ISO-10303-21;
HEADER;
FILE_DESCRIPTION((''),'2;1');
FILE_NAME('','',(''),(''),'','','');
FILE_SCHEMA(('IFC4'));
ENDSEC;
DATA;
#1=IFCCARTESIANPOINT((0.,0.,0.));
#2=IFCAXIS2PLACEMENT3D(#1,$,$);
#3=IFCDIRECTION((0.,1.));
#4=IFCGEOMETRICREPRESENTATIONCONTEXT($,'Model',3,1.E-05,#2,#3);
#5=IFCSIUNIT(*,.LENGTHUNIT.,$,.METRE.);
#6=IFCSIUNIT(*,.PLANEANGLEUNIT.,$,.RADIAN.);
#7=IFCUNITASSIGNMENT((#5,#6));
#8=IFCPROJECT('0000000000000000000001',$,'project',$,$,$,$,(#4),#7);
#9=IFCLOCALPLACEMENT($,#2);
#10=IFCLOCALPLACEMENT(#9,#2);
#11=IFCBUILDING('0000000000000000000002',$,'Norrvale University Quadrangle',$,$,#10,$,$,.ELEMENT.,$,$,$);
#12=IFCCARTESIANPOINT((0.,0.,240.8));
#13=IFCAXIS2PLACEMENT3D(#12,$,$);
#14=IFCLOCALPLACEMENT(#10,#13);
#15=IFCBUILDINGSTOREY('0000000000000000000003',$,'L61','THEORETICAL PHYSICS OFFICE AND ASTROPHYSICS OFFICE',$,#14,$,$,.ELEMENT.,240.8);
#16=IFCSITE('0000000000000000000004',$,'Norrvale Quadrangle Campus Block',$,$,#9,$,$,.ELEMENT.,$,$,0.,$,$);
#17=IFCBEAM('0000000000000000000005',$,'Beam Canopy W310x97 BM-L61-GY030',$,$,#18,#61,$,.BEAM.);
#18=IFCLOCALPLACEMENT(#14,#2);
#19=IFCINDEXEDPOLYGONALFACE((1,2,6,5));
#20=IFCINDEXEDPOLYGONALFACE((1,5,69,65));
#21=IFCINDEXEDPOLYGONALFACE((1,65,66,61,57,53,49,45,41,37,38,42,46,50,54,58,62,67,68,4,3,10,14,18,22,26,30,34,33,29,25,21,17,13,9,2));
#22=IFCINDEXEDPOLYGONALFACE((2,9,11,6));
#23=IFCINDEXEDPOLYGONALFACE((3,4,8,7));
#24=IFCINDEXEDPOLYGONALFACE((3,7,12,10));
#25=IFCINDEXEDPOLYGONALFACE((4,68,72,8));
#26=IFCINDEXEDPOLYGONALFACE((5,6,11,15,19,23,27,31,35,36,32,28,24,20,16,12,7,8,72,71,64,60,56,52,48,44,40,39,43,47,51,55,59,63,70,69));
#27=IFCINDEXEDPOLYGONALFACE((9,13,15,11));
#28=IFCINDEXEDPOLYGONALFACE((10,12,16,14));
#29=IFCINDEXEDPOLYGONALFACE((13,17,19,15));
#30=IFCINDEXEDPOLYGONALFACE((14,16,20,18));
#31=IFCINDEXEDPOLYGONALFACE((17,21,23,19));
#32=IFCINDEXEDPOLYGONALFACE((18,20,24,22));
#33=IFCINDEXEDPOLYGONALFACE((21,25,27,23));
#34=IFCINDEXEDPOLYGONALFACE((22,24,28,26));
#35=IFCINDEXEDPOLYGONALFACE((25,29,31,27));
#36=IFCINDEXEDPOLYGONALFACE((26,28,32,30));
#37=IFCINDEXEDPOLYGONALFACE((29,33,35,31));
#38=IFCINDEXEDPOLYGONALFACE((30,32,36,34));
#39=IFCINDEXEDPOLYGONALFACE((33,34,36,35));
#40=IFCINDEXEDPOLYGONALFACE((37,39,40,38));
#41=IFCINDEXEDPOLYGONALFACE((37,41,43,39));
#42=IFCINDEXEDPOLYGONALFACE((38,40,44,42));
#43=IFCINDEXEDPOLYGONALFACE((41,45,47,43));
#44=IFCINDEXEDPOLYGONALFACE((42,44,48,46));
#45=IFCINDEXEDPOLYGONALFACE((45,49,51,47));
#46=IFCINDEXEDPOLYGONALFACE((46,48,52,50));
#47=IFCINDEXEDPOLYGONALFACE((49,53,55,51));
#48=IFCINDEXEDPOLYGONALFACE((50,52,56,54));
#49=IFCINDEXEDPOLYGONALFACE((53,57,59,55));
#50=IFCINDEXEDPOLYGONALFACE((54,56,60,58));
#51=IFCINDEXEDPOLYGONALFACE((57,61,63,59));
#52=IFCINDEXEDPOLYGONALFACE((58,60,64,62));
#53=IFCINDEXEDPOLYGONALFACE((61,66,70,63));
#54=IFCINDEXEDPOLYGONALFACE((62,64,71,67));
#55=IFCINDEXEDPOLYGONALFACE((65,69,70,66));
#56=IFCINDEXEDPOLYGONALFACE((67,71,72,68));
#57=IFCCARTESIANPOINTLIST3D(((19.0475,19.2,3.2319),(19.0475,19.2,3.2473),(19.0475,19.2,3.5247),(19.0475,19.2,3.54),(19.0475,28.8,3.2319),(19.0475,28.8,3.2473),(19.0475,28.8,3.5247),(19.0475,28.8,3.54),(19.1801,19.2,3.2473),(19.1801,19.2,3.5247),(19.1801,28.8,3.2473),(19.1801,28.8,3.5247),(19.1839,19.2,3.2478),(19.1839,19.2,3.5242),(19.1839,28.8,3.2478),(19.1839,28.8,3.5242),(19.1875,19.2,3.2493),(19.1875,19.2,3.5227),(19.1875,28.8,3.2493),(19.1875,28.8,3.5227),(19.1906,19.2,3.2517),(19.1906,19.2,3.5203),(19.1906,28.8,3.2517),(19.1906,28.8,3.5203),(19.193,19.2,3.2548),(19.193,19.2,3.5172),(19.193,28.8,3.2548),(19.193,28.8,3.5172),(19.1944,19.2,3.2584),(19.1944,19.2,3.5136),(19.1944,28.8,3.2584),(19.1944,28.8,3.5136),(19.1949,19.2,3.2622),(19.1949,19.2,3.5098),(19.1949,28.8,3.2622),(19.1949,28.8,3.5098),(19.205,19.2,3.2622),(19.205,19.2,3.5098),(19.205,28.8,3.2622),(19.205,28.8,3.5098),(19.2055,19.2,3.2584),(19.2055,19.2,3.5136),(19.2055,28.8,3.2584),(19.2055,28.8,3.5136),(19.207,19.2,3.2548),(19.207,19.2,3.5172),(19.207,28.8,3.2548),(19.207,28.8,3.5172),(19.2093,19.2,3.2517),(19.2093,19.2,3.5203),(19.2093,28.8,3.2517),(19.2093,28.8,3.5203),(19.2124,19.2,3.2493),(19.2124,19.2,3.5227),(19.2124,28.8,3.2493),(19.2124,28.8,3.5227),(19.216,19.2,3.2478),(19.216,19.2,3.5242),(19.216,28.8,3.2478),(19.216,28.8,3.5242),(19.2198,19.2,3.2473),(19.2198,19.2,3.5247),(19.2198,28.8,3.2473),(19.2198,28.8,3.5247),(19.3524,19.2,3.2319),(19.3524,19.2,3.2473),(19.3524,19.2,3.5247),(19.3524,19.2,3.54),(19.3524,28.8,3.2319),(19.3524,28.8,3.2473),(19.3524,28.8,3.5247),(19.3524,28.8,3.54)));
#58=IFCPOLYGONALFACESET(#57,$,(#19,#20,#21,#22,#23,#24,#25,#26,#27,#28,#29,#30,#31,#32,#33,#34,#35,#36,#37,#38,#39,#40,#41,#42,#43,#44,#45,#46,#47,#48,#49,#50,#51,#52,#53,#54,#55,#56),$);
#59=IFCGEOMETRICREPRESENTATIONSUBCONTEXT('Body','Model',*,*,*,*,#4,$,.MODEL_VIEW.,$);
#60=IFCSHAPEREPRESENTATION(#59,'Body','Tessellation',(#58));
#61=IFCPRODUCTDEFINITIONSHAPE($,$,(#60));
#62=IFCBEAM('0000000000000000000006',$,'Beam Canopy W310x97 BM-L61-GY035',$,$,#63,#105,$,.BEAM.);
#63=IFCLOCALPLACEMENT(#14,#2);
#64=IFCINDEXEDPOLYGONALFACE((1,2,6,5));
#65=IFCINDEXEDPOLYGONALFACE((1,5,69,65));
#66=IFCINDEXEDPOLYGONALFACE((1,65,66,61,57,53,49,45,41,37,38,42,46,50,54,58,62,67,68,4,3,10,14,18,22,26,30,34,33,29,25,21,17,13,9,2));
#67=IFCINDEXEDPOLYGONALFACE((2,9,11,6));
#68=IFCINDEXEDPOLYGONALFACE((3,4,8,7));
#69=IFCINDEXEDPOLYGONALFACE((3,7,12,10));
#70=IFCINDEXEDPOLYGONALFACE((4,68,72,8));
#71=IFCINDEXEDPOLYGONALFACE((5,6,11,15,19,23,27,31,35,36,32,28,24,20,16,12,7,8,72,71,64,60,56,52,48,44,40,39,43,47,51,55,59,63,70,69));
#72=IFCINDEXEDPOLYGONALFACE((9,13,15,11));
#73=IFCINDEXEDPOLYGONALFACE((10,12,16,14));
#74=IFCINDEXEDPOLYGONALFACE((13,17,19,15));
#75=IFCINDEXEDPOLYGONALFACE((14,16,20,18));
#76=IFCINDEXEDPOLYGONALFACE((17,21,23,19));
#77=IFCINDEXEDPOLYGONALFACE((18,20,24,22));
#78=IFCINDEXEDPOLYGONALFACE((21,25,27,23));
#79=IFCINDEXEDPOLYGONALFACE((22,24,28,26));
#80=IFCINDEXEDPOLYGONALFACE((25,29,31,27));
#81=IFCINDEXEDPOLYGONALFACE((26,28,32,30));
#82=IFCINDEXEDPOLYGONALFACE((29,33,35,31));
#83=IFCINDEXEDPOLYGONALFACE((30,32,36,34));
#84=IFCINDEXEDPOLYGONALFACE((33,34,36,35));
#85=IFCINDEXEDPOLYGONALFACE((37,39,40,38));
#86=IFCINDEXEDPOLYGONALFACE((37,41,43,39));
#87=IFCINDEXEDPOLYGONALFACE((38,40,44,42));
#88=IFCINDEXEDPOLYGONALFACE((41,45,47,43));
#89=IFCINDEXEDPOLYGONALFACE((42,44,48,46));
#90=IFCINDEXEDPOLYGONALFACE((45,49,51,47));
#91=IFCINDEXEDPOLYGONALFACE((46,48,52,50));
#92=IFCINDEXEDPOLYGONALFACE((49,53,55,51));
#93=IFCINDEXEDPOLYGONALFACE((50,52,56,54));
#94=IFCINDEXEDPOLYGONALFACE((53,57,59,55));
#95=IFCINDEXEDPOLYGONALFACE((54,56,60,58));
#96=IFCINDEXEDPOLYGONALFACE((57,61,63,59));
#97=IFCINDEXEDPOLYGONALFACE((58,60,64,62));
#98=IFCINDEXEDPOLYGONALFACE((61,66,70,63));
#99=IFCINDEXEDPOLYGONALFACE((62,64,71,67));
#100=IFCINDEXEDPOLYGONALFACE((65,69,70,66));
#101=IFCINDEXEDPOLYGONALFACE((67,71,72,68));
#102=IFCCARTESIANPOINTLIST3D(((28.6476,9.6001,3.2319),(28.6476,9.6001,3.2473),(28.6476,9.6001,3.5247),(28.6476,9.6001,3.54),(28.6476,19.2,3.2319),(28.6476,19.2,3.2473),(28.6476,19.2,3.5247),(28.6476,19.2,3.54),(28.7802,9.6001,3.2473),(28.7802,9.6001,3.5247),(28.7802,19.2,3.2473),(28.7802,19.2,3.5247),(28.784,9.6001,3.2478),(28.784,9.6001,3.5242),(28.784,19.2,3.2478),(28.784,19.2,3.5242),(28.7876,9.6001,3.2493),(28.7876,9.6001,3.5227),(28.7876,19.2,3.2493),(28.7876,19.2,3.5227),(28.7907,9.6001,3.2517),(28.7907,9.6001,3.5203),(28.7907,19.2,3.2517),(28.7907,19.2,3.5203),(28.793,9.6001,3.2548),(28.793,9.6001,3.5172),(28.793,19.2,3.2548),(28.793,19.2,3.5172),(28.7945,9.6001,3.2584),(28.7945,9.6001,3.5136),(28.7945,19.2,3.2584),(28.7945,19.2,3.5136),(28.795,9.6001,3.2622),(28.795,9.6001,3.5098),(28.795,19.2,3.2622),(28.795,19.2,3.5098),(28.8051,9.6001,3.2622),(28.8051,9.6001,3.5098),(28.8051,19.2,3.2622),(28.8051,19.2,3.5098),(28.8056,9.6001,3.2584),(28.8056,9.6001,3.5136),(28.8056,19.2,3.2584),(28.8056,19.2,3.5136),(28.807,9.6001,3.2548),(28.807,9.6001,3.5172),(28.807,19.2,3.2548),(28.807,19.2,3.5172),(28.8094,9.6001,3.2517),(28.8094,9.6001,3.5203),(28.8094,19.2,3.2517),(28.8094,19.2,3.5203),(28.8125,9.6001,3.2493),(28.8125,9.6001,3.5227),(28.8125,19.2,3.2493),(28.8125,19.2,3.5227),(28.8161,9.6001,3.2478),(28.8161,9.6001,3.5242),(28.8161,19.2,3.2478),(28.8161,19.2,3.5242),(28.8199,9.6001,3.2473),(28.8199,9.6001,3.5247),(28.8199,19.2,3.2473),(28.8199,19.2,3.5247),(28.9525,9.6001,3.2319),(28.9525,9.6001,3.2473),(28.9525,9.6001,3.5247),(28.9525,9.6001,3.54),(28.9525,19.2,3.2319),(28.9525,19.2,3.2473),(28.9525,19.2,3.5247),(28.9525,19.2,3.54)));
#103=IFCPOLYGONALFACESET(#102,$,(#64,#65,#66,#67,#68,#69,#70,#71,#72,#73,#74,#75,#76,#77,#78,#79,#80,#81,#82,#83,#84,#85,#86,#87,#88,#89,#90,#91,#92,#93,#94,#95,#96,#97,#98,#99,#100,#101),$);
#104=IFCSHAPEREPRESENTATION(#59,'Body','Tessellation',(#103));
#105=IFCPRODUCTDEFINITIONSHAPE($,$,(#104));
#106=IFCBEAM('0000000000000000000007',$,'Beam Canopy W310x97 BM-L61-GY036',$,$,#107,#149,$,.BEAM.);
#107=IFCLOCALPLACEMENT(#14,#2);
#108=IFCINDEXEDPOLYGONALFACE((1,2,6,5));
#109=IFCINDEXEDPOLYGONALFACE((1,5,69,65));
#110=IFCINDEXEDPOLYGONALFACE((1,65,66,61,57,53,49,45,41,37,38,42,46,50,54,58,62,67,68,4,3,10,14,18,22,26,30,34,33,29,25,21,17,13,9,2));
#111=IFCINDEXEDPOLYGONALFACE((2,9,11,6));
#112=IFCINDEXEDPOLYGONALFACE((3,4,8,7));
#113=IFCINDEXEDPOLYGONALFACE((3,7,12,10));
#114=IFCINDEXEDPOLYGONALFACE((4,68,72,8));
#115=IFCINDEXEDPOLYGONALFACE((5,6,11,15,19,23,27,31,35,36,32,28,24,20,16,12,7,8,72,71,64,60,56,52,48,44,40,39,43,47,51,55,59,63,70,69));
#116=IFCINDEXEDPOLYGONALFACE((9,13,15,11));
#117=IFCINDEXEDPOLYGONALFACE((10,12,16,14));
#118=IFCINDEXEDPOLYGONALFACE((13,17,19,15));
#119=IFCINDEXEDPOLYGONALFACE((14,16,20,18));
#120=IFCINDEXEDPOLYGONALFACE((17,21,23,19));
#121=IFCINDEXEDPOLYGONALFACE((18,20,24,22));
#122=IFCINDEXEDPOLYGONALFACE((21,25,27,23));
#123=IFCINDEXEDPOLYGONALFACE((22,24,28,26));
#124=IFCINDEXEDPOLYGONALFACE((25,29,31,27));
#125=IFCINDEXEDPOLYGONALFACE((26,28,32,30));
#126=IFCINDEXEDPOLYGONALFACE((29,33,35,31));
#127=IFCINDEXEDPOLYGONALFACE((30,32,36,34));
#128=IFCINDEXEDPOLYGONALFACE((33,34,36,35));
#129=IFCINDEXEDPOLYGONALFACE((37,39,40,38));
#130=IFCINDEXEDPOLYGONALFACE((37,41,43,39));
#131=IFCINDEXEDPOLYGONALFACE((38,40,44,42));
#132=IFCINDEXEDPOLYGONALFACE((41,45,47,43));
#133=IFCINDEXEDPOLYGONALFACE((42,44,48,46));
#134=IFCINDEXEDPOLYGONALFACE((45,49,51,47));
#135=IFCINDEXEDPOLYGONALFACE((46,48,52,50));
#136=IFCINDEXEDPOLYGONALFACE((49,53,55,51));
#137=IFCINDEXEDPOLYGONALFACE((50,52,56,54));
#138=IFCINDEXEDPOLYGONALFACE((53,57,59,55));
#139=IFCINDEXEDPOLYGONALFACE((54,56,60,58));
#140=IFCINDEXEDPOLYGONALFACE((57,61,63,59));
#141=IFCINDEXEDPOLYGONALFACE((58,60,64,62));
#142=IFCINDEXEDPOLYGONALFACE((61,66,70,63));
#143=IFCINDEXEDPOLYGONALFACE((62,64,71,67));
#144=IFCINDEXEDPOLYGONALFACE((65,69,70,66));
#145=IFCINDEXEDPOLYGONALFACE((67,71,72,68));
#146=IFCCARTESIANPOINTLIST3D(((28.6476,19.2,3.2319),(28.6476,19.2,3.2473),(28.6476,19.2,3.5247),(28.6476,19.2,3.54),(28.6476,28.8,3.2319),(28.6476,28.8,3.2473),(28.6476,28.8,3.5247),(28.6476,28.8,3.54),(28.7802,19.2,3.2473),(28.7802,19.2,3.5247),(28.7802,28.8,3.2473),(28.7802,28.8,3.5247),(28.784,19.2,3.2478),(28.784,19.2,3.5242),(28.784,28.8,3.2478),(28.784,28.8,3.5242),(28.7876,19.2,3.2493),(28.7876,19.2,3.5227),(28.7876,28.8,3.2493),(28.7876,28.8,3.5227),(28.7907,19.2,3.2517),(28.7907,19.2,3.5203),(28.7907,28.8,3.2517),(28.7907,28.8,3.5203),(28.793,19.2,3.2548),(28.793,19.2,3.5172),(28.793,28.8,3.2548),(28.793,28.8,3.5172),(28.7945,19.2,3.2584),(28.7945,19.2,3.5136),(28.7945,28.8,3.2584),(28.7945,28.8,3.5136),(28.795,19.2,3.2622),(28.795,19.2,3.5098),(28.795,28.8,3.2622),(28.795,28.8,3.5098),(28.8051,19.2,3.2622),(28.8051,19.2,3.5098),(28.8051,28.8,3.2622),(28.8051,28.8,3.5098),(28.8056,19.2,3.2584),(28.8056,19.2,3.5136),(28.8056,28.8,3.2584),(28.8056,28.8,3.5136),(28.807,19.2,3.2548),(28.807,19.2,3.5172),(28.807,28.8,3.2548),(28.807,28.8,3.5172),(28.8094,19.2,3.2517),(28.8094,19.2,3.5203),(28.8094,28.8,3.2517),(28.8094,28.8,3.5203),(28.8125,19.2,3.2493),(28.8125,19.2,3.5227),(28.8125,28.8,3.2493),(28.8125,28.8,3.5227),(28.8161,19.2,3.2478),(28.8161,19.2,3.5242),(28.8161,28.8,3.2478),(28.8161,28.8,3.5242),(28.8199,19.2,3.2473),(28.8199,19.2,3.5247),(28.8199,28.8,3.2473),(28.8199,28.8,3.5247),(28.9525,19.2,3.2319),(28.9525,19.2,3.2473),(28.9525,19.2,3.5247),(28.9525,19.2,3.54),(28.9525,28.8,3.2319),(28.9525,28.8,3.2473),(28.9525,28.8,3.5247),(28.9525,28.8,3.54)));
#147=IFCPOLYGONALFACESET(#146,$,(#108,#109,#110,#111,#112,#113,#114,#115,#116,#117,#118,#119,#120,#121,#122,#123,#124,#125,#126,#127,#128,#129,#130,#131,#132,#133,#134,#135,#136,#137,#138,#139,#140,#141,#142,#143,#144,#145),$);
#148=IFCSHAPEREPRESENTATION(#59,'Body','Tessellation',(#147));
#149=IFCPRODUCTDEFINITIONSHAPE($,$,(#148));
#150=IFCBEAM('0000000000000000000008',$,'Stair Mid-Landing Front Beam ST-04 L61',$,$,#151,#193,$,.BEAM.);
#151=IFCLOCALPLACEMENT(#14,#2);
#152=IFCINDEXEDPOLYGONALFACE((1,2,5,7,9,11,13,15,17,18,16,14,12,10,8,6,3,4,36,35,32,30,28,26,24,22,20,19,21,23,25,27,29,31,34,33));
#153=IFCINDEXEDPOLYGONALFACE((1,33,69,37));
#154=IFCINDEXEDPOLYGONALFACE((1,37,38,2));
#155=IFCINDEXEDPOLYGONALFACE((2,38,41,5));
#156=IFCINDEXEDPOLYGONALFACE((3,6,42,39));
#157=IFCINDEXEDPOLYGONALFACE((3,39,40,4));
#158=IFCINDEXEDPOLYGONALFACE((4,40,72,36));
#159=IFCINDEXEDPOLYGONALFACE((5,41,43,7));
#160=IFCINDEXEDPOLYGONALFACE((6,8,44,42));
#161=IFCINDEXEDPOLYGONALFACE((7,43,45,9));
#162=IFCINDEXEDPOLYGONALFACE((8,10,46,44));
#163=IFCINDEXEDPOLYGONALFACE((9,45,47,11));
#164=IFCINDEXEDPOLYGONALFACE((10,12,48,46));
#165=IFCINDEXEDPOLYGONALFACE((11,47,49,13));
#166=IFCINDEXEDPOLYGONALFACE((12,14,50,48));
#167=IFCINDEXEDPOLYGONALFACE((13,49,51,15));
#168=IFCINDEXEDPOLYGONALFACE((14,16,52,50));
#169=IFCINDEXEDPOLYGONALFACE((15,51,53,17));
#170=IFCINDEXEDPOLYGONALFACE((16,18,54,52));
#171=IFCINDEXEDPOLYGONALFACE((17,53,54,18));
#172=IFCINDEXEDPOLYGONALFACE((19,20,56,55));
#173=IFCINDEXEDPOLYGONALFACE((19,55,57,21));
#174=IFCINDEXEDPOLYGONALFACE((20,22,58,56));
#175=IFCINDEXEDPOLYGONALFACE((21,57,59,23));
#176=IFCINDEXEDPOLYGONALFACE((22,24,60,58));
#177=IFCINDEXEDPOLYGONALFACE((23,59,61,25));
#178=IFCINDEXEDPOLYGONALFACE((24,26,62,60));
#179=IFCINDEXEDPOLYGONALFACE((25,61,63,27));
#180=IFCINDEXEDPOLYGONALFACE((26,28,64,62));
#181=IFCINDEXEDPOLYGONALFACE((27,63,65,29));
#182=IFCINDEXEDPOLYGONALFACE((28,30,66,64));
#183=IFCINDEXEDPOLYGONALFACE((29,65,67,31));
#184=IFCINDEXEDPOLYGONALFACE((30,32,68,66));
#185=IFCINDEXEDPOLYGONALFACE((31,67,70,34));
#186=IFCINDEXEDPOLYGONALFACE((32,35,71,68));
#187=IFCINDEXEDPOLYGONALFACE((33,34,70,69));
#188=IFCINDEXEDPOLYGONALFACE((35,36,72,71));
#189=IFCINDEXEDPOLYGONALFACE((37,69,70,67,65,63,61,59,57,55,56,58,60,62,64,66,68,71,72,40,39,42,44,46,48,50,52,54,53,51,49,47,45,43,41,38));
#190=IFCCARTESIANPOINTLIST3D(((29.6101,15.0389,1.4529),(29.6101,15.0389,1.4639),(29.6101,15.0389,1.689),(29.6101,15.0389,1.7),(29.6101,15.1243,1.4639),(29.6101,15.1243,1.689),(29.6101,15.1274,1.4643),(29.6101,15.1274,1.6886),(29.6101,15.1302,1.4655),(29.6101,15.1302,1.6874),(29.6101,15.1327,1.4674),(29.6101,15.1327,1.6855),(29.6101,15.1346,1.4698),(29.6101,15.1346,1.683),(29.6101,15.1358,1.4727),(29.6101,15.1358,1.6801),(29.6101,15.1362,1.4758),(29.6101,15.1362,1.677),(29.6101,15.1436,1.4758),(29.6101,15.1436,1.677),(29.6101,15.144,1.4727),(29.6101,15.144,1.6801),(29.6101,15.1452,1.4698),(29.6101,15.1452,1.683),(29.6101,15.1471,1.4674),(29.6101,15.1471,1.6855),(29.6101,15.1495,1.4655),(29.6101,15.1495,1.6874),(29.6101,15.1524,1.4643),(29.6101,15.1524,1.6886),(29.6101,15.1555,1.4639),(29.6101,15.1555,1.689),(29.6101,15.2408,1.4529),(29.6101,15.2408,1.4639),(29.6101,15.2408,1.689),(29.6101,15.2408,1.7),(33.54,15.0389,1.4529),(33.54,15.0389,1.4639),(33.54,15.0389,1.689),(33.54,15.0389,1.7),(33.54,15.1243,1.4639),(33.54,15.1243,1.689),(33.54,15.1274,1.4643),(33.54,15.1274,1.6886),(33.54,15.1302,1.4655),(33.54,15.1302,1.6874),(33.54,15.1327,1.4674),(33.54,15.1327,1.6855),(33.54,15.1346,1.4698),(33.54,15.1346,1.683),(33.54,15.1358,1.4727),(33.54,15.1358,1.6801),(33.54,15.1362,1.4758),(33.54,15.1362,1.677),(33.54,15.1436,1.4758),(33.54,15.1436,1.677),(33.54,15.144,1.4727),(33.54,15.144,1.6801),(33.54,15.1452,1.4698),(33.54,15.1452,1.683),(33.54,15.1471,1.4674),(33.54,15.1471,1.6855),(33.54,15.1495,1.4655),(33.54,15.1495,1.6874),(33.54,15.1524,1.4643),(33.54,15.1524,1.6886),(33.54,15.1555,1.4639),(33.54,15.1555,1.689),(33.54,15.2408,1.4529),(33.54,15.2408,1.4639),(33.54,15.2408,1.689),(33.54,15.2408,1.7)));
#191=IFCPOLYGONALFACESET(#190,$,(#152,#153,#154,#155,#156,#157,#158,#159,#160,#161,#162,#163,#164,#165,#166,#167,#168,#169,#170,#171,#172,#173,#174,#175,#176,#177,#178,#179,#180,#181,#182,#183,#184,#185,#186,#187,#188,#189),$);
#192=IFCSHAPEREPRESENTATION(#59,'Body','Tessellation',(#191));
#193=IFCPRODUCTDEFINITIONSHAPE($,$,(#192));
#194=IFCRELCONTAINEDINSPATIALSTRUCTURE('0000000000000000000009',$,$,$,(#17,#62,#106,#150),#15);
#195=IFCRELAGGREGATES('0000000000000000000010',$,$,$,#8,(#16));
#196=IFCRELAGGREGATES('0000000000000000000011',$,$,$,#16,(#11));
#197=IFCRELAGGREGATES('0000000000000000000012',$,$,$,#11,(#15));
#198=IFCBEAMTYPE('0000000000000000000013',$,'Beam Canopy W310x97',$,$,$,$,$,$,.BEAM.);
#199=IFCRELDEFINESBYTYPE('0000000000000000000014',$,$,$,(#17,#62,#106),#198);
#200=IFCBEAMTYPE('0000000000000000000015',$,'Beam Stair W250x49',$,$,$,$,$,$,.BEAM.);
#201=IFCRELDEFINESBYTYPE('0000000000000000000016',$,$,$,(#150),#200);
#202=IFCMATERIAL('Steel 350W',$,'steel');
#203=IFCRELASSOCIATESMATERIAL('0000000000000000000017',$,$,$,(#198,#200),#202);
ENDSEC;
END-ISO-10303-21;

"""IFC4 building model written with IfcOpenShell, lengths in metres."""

from ifc_helpers import new_model, si_unit, direction, frame, origin, origin_2d, place, context, subcontext, project, spatial, i_section, extrude, material, material_profile, profile_set, type_object, element, save


model = new_model("IFC4")

# Units and contexts
model_context = context("Model", 3, precision=1e-05, world=origin(), true_north=direction((0.0, 1.0)))
body_context = subcontext(model_context, "Body", "Model", "MODEL_VIEW")
ifc_project = project(units=[si_unit("LENGTHUNIT", "METRE"), si_unit("PLANEANGLEUNIT", "RADIAN")], contexts=[model_context])

# Site, building, storey
site_placement = place(None, origin())
site = spatial("IfcSite", under=ifc_project, at=site_placement, Name="Norrvale Quadrangle Campus Block", CompositionType="ELEMENT", RefElevation=0.0)
building_placement = place(site_placement, origin())
building = spatial("IfcBuilding", under=site, at=building_placement, Name="Norrvale University Quadrangle", CompositionType="ELEMENT")
storey_placement = place(building_placement, frame((0.0, 0.0, 240.8)))
storey = spatial("IfcBuildingStorey", under=building, at=storey_placement, Name="L61", Description="THEORETICAL PHYSICS OFFICE AND ASTROPHYSICS OFFICE", CompositionType="ELEMENT", Elevation=240.8)

# Beams
ifc_material_1 = material(Name="Steel 350W", Category="steel")
ifc_material_profile_1 = material_profile(ifc_material_1, i_section(OverallWidth=0.3049, OverallDepth=0.3081, WebThickness=0.01, FlangeThickness=0.0154, FilletRadius=0.0149, at=origin_2d()), Name="Steel 350W")
ifc_profile_set_1 = profile_set([ifc_material_profile_1], Name="Steel 350W")
beam_type_1 = type_object("IfcBeamType", Name="Beam Canopy W310x97", PredefinedType="BEAM", material=ifc_profile_set_1)
beam_1_placement = place(storey_placement, frame((19.2, 19.2, 3.386), z_axis=(0.0, 1.0, 0.0), x_axis=(-1.0, 0.0, 0.0)))
element("IfcBeam", 1, at=beam_1_placement, inside=storey, type_object=beam_type_1, Name="Beam Canopy W310x97 BM-L61-GY030", PredefinedType="BEAM", context=body_context, shape_type="SweptSolid", body=[
    extrude(i_section(OverallWidth=0.3049, OverallDepth=0.3081, WebThickness=0.01, FlangeThickness=0.0154, FilletRadius=0.0149, at=origin_2d()), origin(), (0.0, 0.0, 1.0), 9.6001),
])
beam_2_placement = place(storey_placement, frame((28.8, 9.6001, 3.386), z_axis=(0.0, 1.0, 0.0), x_axis=(-1.0, 0.0, 0.0)))
element("IfcBeam", 2, at=beam_2_placement, inside=storey, type_object=beam_type_1, Name="Beam Canopy W310x97 BM-L61-GY035", PredefinedType="BEAM", context=body_context, shape_type="SweptSolid", body=[
    extrude(i_section(OverallWidth=0.3049, OverallDepth=0.3081, WebThickness=0.01, FlangeThickness=0.0154, FilletRadius=0.0149, at=origin_2d()), origin(), (0.0, 0.0, 1.0), 9.5999),
])
beam_3_placement = place(storey_placement, frame((28.8, 19.2, 3.386), z_axis=(0.0, 1.0, 0.0), x_axis=(-1.0, 0.0, 0.0)))
element("IfcBeam", 3, at=beam_3_placement, inside=storey, type_object=beam_type_1, Name="Beam Canopy W310x97 BM-L61-GY036", PredefinedType="BEAM", context=body_context, shape_type="SweptSolid", body=[
    extrude(i_section(OverallWidth=0.3049, OverallDepth=0.3081, WebThickness=0.01, FlangeThickness=0.0154, FilletRadius=0.0149, at=origin_2d()), origin(), (0.0, 0.0, 1.0), 9.6001),
])
ifc_material_profile_2 = material_profile(ifc_material_1, i_section(OverallWidth=0.2019, OverallDepth=0.2471, WebThickness=0.0073, FlangeThickness=0.011, FilletRadius=0.012, at=origin_2d()), Name="Steel 350W")
ifc_profile_set_2 = profile_set([ifc_material_profile_2], Name="Steel 350W")
beam_type_2 = type_object("IfcBeamType", Name="Beam Stair W250x49", PredefinedType="BEAM", material=ifc_profile_set_2)
for number, where, z_axis, x_axis, name in (
    (4, (29.6101, 15.1399, 1.5764), (1.0, 0.0, 0.0), (0.0, 1.0, 0.0), "Stair Mid-Landing Front Beam ST-04 L61"),
):
    element("IfcBeam", number, at=place(storey_placement, frame(where, z_axis=z_axis, x_axis=x_axis)), inside=storey, type_object=beam_type_2, Name=name, PredefinedType="BEAM", context=body_context, shape_type="SweptSolid", body=[
        extrude(i_section(OverallWidth=0.2019, OverallDepth=0.2471, WebThickness=0.0073, FlangeThickness=0.011, FilletRadius=0.012, at=origin_2d()), origin(), (0.0, 0.0, 1.0), 3.9299),
    ])

save(model, "model.ifc")
